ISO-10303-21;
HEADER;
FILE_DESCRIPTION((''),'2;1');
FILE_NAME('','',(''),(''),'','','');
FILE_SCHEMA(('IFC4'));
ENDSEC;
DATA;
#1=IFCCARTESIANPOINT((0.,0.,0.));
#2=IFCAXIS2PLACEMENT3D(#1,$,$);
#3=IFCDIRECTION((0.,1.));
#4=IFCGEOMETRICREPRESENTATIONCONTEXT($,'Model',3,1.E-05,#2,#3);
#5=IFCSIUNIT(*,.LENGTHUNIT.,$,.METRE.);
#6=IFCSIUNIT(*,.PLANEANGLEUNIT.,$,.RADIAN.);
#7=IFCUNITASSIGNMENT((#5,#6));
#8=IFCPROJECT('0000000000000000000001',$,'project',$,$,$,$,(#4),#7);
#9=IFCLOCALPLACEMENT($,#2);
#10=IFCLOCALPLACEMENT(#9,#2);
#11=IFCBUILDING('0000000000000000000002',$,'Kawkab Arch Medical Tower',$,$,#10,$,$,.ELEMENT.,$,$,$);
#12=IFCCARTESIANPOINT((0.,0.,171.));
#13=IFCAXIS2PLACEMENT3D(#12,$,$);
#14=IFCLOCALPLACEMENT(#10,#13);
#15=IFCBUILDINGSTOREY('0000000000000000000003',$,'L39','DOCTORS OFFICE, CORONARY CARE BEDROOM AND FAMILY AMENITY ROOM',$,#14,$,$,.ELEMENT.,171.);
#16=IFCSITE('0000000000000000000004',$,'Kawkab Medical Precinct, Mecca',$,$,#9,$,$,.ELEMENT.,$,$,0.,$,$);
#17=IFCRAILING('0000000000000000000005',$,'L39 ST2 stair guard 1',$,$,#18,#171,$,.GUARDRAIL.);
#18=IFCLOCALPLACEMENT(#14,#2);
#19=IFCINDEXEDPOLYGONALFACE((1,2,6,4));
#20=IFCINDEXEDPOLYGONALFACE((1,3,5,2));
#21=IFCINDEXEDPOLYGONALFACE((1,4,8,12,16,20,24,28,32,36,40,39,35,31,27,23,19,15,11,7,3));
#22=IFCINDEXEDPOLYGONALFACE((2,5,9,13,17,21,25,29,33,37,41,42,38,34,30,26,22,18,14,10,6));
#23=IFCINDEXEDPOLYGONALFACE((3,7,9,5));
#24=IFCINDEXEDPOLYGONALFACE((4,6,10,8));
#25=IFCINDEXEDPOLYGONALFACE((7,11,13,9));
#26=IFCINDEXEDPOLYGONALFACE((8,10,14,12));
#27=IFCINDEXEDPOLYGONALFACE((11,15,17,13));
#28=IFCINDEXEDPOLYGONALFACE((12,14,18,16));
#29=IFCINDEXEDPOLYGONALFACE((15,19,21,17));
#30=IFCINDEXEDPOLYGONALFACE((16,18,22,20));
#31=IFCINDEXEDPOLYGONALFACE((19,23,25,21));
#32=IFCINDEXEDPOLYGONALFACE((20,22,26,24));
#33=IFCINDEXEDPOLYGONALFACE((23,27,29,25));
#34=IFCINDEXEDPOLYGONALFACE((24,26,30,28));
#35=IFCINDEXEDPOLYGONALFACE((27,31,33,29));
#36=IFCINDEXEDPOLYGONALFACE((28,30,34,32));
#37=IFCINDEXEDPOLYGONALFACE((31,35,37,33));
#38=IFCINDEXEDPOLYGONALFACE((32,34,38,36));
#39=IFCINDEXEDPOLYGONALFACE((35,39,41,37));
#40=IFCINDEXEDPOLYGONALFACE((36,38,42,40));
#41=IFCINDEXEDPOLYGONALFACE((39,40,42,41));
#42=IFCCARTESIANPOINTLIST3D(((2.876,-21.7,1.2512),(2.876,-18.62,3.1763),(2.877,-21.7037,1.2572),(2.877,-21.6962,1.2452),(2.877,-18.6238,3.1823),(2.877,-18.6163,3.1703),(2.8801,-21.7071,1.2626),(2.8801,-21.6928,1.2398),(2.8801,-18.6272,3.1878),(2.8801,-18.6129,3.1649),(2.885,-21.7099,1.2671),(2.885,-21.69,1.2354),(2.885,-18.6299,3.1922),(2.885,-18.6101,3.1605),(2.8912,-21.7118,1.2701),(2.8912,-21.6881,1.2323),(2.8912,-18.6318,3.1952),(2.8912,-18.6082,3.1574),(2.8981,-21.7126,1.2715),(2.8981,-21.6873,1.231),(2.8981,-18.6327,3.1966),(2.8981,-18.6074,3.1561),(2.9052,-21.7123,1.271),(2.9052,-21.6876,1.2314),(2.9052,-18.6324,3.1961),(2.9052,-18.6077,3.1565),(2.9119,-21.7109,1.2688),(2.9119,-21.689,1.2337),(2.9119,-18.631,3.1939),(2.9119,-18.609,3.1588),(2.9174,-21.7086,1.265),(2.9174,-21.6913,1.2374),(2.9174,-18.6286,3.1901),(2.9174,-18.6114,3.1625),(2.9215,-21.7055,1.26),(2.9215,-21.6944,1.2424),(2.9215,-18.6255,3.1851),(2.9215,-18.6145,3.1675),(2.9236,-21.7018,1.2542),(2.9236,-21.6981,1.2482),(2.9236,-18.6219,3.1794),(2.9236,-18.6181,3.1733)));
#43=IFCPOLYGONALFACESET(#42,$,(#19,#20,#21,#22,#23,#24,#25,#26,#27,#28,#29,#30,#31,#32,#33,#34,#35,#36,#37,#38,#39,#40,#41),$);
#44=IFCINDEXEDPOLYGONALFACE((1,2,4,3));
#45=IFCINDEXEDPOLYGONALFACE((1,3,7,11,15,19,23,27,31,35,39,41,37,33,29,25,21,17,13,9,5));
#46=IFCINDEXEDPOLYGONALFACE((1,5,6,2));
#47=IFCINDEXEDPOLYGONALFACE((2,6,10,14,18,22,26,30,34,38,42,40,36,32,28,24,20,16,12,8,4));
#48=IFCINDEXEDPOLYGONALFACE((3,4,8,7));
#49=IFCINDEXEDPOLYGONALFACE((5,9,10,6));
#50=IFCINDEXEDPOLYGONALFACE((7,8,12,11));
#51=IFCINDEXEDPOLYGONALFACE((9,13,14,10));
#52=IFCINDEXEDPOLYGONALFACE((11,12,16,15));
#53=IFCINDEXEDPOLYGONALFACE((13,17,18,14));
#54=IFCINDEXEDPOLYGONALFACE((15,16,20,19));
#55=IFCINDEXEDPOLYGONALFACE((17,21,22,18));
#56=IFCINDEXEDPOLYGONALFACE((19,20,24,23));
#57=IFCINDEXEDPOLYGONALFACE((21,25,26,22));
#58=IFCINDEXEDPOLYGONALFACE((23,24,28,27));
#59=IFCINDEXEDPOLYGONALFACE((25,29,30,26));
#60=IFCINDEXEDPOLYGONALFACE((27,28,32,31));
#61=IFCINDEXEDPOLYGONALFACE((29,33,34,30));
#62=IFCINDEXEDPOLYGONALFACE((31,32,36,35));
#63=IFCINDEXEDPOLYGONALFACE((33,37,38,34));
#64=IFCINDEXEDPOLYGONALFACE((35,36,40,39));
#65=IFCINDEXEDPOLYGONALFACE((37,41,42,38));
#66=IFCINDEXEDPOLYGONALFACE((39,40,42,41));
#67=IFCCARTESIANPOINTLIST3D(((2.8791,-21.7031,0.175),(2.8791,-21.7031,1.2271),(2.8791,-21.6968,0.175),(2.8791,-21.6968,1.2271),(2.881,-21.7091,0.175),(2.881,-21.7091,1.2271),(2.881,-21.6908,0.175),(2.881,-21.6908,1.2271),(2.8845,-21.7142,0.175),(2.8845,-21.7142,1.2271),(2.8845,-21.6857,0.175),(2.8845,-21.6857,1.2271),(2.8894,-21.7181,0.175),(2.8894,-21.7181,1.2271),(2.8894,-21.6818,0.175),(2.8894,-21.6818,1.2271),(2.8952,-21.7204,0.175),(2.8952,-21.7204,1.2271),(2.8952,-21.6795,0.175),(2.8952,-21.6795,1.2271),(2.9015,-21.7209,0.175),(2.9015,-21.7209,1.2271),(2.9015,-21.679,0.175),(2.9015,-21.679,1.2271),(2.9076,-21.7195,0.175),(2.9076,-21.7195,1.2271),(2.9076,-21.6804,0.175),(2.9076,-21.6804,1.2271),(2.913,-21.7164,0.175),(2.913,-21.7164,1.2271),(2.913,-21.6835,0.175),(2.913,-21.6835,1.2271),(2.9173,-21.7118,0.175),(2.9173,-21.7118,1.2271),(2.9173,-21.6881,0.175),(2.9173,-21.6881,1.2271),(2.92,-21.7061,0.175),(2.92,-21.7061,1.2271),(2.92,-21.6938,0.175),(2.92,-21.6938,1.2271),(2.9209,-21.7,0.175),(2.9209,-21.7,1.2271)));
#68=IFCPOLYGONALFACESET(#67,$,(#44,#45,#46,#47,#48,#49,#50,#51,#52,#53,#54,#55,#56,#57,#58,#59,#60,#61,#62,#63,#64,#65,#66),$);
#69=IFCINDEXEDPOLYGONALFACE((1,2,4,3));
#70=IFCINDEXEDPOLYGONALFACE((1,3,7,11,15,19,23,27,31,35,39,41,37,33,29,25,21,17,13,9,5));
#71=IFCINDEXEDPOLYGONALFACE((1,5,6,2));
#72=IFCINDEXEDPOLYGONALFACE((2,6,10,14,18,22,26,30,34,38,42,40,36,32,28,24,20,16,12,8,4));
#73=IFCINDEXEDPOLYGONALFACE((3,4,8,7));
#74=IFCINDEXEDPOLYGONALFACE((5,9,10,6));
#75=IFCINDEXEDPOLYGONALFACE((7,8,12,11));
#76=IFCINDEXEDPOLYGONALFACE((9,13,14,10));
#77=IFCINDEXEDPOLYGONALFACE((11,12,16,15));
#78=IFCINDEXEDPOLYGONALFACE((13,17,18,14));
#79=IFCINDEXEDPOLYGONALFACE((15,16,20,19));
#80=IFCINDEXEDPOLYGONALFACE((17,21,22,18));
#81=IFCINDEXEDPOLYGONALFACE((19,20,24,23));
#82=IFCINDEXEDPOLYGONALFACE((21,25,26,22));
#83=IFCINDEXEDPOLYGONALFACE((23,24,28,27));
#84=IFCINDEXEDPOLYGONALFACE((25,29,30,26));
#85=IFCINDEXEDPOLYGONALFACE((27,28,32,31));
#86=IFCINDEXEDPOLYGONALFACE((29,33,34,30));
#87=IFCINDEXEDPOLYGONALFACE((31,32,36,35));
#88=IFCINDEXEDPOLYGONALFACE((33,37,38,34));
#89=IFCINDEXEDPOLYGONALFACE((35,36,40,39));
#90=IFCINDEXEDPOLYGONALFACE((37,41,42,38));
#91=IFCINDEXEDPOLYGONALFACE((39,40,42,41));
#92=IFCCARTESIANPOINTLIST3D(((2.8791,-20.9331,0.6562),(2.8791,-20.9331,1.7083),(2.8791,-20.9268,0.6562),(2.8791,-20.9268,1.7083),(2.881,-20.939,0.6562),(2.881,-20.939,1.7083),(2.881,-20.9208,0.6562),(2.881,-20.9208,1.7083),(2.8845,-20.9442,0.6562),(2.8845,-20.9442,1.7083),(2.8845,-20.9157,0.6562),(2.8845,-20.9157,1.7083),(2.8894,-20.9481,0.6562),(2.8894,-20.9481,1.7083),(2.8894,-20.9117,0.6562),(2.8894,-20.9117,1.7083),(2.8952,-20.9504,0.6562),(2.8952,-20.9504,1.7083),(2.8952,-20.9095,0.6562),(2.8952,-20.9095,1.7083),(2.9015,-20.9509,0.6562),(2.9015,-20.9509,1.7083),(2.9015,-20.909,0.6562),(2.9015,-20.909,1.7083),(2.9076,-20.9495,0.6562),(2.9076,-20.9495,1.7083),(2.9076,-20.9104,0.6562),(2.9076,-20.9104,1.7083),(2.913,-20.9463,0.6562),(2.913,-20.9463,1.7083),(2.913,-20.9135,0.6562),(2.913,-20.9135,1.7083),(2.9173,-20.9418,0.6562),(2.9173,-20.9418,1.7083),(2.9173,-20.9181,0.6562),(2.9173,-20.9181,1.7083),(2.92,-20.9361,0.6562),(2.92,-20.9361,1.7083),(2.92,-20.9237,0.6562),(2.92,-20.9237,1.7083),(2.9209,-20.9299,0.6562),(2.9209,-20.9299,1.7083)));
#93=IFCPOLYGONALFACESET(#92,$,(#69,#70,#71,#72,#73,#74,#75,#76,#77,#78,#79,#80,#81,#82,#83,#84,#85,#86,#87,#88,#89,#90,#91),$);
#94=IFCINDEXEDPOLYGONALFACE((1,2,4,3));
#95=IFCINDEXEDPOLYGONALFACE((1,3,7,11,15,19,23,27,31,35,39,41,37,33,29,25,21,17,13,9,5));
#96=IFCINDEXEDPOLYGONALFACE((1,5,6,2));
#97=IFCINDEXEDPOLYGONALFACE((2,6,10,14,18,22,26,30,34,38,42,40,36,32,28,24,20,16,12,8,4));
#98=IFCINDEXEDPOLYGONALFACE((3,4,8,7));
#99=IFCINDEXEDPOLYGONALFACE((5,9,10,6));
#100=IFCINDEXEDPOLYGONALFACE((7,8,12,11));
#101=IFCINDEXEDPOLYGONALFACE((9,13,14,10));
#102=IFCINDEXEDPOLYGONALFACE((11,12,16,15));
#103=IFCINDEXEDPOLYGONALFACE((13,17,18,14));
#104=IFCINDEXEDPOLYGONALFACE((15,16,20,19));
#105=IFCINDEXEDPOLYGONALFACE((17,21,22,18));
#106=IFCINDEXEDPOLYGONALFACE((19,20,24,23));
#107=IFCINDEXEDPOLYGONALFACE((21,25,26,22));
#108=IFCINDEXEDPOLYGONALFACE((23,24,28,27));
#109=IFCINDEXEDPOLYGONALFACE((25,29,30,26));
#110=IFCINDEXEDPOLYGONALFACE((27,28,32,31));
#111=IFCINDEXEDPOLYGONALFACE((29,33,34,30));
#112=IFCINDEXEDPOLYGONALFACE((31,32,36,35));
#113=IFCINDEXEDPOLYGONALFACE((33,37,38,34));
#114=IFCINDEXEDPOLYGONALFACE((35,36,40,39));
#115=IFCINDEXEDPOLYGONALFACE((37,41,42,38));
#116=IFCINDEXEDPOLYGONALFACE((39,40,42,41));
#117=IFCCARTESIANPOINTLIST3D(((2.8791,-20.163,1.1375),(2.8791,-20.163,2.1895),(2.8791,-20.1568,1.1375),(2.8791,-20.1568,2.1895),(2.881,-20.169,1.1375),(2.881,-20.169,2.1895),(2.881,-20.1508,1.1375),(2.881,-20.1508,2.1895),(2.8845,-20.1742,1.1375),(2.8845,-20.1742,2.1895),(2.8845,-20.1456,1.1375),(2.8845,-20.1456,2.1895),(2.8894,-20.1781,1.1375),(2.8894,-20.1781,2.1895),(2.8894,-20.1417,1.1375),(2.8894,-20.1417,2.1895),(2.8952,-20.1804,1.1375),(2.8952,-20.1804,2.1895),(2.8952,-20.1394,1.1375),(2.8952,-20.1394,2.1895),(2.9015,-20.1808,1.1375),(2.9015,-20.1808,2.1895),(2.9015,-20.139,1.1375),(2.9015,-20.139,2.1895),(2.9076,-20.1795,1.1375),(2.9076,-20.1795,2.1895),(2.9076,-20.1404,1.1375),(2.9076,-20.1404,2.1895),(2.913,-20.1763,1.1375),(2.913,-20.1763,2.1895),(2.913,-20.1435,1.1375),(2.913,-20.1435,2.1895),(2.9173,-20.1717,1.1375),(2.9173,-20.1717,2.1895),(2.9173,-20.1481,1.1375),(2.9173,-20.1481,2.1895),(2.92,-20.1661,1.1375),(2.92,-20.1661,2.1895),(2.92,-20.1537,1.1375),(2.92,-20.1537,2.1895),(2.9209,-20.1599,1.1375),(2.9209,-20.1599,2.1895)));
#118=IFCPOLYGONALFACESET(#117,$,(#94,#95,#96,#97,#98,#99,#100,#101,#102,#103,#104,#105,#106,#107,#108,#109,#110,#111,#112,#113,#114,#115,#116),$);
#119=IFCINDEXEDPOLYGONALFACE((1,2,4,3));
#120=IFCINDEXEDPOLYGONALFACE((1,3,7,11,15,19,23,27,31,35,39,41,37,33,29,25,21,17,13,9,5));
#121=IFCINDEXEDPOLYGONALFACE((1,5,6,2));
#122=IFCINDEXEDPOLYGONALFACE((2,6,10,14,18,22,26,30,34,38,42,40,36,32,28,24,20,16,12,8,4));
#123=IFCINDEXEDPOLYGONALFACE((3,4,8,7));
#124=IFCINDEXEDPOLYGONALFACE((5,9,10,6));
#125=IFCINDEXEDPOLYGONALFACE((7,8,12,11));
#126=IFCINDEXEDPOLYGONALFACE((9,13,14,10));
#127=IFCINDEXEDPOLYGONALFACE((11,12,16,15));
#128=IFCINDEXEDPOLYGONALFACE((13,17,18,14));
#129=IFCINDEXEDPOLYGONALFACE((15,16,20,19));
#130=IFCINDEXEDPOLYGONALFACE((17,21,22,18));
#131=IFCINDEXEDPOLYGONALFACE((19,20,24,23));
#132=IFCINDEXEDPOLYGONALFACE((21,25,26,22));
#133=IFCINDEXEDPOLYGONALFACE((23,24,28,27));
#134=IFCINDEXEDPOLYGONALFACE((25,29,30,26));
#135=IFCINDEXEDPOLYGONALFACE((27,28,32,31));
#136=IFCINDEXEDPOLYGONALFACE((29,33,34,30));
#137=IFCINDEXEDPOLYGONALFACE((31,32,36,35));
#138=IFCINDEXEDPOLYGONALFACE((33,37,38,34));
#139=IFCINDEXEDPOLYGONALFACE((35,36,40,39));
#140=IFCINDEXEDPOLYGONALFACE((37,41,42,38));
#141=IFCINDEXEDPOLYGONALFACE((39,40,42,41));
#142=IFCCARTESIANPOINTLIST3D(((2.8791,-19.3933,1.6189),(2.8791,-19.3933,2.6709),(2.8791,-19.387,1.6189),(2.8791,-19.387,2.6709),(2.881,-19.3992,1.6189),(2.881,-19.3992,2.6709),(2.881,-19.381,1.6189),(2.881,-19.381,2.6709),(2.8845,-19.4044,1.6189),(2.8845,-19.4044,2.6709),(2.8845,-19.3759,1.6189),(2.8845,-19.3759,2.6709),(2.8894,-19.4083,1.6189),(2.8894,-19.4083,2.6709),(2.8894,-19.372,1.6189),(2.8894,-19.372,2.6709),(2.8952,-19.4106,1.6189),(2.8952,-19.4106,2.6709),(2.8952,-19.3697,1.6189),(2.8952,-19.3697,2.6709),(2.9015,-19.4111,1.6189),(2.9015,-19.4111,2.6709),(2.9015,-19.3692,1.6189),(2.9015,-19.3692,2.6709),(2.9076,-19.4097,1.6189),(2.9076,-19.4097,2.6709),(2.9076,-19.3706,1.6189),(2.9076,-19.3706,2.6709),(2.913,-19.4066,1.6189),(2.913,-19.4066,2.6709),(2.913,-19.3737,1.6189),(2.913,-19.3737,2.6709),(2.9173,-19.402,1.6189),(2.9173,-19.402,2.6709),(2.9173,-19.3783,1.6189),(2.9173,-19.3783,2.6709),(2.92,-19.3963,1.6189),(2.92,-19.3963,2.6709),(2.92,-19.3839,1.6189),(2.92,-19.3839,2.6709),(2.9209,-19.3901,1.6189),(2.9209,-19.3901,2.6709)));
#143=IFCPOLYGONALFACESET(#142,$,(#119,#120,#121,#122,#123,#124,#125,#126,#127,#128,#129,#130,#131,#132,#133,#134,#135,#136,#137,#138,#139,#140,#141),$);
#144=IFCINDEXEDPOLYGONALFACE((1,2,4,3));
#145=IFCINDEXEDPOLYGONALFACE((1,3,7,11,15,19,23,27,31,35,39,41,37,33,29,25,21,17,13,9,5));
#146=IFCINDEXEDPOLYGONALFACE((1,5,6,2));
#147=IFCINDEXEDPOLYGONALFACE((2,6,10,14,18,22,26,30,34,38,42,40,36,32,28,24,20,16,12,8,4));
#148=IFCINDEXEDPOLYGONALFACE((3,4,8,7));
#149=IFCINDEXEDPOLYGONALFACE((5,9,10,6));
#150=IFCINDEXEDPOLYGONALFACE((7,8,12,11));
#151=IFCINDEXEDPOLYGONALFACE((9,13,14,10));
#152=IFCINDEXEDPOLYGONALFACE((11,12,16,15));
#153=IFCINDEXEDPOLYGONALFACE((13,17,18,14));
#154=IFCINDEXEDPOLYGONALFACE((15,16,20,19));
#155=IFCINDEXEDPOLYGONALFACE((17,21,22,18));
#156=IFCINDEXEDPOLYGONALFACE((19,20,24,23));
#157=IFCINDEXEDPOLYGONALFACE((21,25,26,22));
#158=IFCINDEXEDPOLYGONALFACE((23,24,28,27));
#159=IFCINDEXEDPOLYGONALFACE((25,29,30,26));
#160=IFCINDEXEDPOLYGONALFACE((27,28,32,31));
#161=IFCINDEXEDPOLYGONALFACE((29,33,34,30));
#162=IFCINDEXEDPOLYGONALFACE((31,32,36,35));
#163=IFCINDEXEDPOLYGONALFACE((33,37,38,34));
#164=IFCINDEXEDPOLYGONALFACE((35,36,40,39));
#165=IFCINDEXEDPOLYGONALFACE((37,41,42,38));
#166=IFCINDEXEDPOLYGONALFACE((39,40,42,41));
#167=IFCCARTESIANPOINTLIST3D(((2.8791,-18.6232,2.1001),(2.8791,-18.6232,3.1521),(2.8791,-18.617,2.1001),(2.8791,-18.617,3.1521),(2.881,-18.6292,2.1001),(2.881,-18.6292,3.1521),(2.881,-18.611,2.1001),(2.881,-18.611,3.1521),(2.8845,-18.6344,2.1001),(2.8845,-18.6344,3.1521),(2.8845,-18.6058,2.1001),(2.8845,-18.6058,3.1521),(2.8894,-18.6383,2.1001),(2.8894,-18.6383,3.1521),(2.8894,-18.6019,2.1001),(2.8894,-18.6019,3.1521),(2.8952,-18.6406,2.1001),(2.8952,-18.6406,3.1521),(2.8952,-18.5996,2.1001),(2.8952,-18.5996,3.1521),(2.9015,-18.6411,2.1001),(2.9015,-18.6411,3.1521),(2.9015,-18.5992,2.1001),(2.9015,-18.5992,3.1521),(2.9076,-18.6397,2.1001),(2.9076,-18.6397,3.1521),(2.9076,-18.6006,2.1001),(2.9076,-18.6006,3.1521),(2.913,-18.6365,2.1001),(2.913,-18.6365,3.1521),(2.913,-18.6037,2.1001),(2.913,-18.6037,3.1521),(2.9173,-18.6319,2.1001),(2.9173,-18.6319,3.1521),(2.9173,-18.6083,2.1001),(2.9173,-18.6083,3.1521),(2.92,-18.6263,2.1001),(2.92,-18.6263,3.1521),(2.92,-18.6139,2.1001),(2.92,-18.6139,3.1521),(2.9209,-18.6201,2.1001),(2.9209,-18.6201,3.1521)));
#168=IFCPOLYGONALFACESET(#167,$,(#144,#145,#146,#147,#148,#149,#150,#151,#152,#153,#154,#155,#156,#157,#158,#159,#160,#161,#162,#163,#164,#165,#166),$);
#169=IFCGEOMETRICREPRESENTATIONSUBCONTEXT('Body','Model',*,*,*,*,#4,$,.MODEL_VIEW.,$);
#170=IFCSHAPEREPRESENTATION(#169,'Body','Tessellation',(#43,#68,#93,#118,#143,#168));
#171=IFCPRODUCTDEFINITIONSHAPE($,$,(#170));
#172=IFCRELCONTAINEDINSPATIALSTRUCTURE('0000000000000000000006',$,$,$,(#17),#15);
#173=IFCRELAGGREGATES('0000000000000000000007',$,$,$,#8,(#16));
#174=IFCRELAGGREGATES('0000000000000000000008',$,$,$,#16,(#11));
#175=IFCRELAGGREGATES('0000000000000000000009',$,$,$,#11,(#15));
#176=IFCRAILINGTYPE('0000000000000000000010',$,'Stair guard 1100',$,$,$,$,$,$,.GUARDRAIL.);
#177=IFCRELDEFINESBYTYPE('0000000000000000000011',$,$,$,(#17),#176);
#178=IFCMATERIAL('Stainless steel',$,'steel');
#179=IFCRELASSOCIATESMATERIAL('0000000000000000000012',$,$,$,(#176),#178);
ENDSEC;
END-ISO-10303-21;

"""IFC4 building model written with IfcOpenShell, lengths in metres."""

from ifc_helpers import new_model, si_unit, direction, frame, origin, origin_2d, place, context, subcontext, project, spatial, circle, extrude, material, type_object, element, save


model = new_model("IFC4")

# Units and contexts
model_context = context("Model", 3, precision=1e-05, world=origin(), true_north=direction((0.0, 1.0)))
body_context = subcontext(model_context, "Body", "Model", "MODEL_VIEW")
ifc_project = project(units=[si_unit("LENGTHUNIT", "METRE"), si_unit("PLANEANGLEUNIT", "RADIAN")], contexts=[model_context])

# Site, building, storey
site_placement = place(None, origin())
site = spatial("IfcSite", under=ifc_project, at=site_placement, Name="Kawkab Medical Precinct, Mecca", CompositionType="ELEMENT", RefElevation=0.0)
building_placement = place(site_placement, origin())
building = spatial("IfcBuilding", under=site, at=building_placement, Name="Kawkab Arch Medical Tower", CompositionType="ELEMENT")
storey_placement = place(building_placement, frame((0.0, 0.0, 171.0)))
storey = spatial("IfcBuildingStorey", under=building, at=storey_placement, Name="L39", Description="DOCTORS OFFICE, CORONARY CARE BEDROOM AND FAMILY AMENITY ROOM", CompositionType="ELEMENT", Elevation=171.0)

# Railing
ifc_material_1 = material(Name="Stainless steel", Category="steel")
railing_type = type_object("IfcRailingType", Name="Stair guard 1100", PredefinedType="GUARDRAIL", material=ifc_material_1)
railing_1_placement = place(storey_placement, frame((2.8999, -21.7, 0.175)))
element("IfcRailing", 1, at=railing_1_placement, inside=storey, type_object=railing_type, Name="L39 ST2 stair guard 1", PredefinedType="GUARDRAIL", context=body_context, shape_type="SweptSolid", body=[
    extrude(circle(Radius=0.0239, at=origin_2d()), frame((0.0, 0.0, 1.0762), z_axis=(0.0, 0.847979, 0.530029), x_axis=(-1.0, 0.0, 0.0)), (0.0, 0.0, 1.0), 3.6321),
    extrude(circle(Radius=0.021, at=origin_2d()), origin(), (0.0, 0.0, 1.0), 1.052),
    extrude(circle(Radius=0.021, at=origin_2d()), frame((0.0, 0.77, 0.4812)), (0.0, 0.0, 1.0), 1.052),
    extrude(circle(Radius=0.021, at=origin_2d()), frame((0.0, 1.54, 0.9624)), (0.0, 0.0, 1.0), 1.052),
    extrude(circle(Radius=0.021, at=origin_2d()), frame((0.0, 2.3098, 1.4438)), (0.0, 0.0, 1.0), 1.052),
    extrude(circle(Radius=0.021, at=origin_2d()), frame((0.0, 3.0798, 1.925)), (0.0, 0.0, 1.0), 1.052),
])

save(model, "model.ifc")
